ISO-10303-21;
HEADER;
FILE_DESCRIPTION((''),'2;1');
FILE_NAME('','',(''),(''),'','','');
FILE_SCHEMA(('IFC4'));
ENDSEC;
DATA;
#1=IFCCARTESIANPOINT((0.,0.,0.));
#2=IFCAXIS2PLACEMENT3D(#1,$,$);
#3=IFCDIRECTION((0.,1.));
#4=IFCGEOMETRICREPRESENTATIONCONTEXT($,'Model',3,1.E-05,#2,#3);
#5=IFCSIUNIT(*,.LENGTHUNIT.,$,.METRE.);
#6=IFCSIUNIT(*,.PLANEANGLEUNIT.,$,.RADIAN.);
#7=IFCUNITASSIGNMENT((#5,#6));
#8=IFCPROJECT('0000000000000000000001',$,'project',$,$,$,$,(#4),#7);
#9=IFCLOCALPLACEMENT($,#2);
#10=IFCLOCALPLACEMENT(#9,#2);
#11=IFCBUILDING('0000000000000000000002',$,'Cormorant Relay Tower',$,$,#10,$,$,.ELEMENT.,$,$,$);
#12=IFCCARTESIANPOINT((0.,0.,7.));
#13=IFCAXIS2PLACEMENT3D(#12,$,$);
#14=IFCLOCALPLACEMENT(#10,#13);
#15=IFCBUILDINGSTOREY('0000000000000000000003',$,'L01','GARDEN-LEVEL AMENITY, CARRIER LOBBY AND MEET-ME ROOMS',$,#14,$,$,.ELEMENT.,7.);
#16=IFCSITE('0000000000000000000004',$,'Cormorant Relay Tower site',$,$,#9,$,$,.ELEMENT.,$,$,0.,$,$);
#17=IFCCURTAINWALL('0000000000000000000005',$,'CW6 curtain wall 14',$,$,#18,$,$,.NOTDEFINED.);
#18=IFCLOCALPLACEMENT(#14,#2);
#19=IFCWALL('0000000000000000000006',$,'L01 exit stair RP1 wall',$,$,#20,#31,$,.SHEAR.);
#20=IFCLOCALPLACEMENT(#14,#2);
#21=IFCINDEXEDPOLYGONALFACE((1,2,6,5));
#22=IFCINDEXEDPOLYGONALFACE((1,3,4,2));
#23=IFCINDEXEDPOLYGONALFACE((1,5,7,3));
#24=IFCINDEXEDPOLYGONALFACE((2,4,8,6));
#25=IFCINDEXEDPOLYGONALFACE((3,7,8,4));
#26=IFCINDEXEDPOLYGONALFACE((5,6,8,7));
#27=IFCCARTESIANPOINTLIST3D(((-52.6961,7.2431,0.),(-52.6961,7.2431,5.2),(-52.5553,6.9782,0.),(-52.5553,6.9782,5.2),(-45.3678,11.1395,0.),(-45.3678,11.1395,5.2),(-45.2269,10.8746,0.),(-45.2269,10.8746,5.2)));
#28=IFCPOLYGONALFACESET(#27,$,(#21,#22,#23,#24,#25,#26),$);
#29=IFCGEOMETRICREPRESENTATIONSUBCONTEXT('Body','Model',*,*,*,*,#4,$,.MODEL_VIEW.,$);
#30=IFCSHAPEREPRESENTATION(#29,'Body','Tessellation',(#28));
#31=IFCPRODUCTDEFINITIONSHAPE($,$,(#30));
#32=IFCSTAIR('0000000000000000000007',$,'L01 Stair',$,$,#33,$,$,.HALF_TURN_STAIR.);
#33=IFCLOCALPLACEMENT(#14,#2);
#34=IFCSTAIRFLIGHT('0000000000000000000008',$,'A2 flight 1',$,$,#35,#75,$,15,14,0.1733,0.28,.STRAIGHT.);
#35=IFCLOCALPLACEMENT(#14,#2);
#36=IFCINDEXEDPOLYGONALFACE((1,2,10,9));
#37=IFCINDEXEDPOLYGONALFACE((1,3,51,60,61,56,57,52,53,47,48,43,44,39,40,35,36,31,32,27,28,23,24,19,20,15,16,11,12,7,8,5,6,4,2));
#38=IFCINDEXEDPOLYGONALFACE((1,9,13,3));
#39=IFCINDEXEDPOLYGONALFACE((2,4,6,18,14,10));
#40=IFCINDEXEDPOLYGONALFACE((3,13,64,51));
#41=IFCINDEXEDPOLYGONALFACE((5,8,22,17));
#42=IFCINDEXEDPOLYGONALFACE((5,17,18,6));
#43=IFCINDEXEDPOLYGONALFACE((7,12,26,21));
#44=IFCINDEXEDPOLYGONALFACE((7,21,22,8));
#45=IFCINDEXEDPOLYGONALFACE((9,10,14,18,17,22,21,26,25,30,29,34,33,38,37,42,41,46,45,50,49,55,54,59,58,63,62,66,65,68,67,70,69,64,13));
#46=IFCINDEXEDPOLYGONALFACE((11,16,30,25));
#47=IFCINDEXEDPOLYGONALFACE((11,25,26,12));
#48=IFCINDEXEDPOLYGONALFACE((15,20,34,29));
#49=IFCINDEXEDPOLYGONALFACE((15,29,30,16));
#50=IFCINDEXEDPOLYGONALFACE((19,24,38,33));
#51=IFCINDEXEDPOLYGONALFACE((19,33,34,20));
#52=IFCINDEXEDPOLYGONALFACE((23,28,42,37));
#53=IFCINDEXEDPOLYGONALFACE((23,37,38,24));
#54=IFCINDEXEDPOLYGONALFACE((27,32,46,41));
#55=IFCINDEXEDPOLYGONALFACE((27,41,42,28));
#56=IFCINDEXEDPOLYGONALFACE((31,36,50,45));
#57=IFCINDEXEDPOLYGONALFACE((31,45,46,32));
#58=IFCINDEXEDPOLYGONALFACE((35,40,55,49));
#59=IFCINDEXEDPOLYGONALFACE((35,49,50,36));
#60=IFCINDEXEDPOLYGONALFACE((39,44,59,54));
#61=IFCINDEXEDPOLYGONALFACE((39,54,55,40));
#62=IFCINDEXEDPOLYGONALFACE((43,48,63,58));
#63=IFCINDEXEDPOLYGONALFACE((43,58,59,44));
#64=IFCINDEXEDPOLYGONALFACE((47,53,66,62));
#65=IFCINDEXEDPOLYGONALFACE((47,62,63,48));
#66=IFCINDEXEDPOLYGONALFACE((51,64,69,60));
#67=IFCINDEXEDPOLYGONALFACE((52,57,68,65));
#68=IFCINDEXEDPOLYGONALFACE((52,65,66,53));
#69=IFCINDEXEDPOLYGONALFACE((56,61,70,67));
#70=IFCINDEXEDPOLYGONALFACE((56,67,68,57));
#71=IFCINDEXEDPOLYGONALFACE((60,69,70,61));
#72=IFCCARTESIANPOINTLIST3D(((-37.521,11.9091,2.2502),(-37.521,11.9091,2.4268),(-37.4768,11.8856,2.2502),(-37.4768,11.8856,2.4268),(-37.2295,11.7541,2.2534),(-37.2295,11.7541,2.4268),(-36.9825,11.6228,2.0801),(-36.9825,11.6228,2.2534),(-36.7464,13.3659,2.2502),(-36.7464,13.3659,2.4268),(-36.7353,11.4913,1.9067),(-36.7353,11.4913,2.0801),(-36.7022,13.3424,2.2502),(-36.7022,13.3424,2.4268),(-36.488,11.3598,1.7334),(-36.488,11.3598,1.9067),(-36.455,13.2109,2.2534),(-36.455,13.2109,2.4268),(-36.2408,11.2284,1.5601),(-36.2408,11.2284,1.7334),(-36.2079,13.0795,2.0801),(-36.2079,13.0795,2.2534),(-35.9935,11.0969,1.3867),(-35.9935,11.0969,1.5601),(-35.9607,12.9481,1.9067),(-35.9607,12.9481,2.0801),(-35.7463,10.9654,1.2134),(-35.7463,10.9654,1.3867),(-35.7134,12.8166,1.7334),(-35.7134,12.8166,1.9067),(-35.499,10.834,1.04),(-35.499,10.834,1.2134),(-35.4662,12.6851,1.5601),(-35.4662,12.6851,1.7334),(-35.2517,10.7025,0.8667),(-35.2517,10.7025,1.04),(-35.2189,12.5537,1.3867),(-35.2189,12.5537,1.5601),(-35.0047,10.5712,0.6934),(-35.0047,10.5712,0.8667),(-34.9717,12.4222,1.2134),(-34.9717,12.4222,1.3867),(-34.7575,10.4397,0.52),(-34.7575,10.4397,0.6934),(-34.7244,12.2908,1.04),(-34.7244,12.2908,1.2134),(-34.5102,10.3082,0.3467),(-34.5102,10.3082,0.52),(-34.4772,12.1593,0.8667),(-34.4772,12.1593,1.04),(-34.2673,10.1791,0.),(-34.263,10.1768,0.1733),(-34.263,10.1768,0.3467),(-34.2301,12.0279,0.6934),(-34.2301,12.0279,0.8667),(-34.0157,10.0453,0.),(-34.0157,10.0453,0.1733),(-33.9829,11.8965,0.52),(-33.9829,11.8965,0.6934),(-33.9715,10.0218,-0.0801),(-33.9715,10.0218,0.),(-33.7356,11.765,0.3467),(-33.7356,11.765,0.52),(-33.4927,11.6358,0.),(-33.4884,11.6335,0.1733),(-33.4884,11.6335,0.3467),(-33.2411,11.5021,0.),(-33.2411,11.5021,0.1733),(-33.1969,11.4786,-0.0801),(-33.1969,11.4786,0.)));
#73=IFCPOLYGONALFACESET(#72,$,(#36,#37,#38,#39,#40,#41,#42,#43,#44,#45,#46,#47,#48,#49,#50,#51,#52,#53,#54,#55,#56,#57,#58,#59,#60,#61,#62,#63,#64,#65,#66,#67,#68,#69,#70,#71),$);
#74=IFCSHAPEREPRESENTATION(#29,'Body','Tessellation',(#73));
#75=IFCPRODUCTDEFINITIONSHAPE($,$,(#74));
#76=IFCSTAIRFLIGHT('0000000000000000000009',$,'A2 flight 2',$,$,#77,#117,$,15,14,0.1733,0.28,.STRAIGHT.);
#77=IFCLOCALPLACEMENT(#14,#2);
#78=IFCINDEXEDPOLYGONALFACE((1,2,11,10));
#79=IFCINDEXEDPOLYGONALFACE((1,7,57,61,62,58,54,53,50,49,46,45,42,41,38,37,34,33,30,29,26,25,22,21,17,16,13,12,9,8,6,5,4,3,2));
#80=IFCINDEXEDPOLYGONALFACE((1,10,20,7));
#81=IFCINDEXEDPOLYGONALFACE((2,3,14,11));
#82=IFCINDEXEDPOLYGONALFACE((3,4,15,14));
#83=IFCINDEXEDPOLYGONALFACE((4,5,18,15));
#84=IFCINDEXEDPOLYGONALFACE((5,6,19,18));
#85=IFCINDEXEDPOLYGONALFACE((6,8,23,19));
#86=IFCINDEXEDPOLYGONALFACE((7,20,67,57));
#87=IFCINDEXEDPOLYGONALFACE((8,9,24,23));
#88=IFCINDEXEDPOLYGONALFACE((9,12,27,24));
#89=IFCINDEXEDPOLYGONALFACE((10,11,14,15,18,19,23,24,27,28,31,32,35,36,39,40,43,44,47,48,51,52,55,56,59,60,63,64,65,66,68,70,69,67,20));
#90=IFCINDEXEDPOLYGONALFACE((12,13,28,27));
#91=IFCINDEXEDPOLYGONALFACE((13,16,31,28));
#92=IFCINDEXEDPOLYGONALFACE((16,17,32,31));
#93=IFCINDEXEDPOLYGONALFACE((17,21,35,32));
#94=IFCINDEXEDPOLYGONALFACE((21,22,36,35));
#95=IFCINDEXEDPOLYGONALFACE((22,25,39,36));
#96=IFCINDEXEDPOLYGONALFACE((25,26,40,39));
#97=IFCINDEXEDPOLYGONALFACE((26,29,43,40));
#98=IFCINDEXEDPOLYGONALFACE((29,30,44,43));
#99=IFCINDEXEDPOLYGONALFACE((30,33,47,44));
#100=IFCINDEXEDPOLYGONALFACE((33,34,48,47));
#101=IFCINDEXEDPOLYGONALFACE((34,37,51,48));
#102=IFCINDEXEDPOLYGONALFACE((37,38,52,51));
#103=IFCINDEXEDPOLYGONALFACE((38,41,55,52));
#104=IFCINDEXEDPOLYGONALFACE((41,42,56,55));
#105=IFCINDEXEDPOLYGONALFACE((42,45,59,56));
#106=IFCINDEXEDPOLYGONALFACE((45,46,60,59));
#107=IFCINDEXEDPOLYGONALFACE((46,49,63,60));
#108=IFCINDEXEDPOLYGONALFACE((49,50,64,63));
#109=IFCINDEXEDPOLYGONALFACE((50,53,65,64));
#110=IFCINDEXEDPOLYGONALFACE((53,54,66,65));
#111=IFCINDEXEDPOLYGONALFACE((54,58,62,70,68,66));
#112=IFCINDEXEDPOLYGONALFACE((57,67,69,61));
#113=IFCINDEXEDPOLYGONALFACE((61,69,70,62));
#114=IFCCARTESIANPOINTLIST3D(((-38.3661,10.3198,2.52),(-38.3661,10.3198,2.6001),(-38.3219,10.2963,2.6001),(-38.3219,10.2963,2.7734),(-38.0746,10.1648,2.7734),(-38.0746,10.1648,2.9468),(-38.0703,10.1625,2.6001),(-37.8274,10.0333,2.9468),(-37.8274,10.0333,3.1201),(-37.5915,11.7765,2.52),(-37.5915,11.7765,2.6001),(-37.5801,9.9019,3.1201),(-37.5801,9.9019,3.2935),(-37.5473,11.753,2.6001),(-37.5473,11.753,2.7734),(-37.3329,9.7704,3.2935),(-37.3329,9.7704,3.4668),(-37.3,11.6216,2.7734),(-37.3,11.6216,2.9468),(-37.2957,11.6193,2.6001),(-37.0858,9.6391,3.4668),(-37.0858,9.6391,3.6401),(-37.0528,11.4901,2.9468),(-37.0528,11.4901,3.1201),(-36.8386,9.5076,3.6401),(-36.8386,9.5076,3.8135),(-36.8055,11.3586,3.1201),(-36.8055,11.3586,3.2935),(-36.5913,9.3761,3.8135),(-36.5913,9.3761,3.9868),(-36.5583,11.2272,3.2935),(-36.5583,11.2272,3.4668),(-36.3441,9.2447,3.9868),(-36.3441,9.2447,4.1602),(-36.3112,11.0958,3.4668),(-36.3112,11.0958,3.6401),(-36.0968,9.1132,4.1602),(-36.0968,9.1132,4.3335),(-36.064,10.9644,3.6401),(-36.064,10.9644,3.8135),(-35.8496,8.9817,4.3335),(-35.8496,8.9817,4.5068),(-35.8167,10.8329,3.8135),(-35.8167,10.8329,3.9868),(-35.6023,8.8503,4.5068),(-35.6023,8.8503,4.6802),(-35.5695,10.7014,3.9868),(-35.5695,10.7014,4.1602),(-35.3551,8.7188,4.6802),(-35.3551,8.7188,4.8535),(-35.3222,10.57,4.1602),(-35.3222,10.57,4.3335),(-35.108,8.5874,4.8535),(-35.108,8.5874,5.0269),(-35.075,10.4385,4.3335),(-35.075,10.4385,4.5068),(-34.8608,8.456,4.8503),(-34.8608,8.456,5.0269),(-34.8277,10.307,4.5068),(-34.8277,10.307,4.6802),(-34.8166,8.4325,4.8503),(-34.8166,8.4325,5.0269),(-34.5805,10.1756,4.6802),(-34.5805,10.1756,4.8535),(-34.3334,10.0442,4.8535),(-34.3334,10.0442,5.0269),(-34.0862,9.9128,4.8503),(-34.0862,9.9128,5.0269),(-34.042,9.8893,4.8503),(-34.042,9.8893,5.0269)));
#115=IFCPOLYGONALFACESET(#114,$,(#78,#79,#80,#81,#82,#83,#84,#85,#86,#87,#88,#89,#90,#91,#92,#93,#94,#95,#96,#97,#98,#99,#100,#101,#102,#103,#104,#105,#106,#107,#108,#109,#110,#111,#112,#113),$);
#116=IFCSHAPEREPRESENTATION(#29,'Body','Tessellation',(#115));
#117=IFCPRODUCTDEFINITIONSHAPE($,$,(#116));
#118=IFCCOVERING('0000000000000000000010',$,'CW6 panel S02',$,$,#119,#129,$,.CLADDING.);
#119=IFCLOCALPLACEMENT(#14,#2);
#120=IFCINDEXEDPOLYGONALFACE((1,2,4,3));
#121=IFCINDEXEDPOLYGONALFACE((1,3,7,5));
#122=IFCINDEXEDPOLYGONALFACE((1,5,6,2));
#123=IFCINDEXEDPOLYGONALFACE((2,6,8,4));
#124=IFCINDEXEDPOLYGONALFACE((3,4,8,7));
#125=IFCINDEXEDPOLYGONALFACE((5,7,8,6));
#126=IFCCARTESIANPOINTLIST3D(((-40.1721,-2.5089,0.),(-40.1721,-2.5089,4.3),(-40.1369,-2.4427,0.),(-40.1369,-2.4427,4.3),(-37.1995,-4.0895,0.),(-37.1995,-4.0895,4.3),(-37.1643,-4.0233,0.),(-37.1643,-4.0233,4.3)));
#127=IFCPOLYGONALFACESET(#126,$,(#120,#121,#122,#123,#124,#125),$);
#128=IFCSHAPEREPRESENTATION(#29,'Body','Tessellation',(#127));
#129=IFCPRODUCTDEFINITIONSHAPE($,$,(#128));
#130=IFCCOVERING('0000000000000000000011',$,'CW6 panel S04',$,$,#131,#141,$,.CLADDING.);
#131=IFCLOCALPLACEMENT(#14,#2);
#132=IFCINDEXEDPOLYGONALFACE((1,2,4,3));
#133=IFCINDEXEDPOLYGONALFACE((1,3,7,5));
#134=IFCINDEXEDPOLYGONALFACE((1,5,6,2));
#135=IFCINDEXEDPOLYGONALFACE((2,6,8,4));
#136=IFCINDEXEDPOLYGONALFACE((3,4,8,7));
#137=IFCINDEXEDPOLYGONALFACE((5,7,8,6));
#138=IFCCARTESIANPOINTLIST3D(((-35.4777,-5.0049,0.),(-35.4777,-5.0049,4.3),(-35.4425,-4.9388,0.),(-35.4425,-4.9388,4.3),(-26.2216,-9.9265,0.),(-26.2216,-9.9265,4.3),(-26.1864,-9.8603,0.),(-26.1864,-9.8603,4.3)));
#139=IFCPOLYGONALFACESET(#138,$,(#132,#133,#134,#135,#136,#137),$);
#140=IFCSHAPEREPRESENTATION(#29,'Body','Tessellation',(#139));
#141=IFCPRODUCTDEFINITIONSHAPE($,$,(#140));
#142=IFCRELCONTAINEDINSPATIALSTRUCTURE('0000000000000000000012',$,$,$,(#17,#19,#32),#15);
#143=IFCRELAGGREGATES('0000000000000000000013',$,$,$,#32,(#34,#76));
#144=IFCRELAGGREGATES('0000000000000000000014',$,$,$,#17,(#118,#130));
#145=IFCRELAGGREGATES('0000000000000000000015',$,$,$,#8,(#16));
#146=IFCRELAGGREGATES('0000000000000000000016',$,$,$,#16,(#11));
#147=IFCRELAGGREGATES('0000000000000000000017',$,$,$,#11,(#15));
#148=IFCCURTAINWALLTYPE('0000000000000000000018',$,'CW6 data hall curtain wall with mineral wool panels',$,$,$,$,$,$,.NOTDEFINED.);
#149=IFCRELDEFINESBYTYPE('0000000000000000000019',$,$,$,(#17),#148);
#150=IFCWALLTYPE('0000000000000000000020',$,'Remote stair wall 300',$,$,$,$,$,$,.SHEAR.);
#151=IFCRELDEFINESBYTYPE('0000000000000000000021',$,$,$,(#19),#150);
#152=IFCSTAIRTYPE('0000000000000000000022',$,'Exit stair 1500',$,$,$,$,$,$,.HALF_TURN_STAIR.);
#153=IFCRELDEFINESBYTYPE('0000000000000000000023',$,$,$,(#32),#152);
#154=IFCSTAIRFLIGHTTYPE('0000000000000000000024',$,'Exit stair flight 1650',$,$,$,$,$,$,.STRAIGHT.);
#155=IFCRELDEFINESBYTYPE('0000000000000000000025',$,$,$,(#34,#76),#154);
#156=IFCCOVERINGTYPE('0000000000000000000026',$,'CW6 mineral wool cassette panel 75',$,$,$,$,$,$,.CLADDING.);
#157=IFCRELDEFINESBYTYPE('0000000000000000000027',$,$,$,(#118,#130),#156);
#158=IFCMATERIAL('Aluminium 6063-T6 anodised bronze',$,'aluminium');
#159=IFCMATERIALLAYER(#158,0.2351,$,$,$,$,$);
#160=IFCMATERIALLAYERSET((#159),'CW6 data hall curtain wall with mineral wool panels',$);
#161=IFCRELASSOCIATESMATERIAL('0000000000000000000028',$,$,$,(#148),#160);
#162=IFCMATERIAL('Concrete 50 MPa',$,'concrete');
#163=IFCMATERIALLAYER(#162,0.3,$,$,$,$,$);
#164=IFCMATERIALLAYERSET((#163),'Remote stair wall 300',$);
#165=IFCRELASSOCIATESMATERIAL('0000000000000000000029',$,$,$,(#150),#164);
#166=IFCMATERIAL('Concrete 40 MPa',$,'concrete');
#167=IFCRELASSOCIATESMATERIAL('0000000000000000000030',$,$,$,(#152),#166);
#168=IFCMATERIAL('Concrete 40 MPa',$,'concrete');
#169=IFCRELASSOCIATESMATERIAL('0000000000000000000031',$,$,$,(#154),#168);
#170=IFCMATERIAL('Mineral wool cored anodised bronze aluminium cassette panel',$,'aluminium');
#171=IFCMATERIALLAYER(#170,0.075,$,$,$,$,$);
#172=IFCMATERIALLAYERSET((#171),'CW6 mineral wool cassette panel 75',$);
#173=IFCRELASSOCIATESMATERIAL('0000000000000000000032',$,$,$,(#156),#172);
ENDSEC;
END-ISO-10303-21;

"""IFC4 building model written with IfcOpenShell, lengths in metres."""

from ifc_helpers import new_model, si_unit, direction, frame, frame_2d, origin, origin_2d, place, context, subcontext, project, spatial, polyline, rectangle, outline, extrude, material, layer, layer_set, type_object, element, aggregate, save


model = new_model("IFC4")

# Units and contexts
model_context = context("Model", 3, precision=1e-05, world=origin(), true_north=direction((0.0, 1.0)))
body_context = subcontext(model_context, "Body", "Model", "MODEL_VIEW")
ifc_project = project(units=[si_unit("LENGTHUNIT", "METRE"), si_unit("PLANEANGLEUNIT", "RADIAN")], contexts=[model_context])

# Site, building, storey
site_placement = place(None, origin())
site = spatial("IfcSite", under=ifc_project, at=site_placement, Name="Cormorant Relay Tower site", CompositionType="ELEMENT", RefElevation=0.0)
building_placement = place(site_placement, origin())
building = spatial("IfcBuilding", under=site, at=building_placement, Name="Cormorant Relay Tower", CompositionType="ELEMENT")
storey_placement = place(building_placement, frame((0.0, 0.0, 7.0)))
storey = spatial("IfcBuildingStorey", under=building, at=storey_placement, Name="L01", Description="GARDEN-LEVEL AMENITY, CARRIER LOBBY AND MEET-ME ROOMS", CompositionType="ELEMENT", Elevation=7.0)

# Curtain wall
ifc_material_1 = material(Name="Aluminium 6063-T6 anodised bronze", Category="aluminium")
ifc_layer_1 = layer(ifc_material_1, 0.2351)
ifc_layer_set_1 = layer_set([ifc_layer_1], Name="CW6 data hall curtain wall with mineral wool panels")
curtain_wall_type = type_object("IfcCurtainWallType", Name="CW6 data hall curtain wall with mineral wool panels", PredefinedType="NOTDEFINED", material=ifc_layer_set_1)
curtain_wall_placement = place(storey_placement, origin())
curtain_wall = element("IfcCurtainWall", 1, at=curtain_wall_placement, inside=storey, type_object=curtain_wall_type, Name="CW6 curtain wall 14", PredefinedType="NOTDEFINED")

# Wall
ifc_material_2 = material(Name="Concrete 50 MPa", Category="concrete")
ifc_layer_2 = layer(ifc_material_2, 0.3)
ifc_layer_set_2 = layer_set([ifc_layer_2], Name="Remote stair wall 300")
wall_type_1 = type_object("IfcWallType", Name="Remote stair wall 300", PredefinedType="SHEAR", material=ifc_layer_set_2)
wall_1_placement = place(storey_placement, frame((-45.2974, 11.0071, 0.0), z_axis=(0.0, 0.0, 1.0), x_axis=(-0.882952, -0.469464, 0.0)))
element("IfcWall", 2, at=wall_1_placement, inside=storey, type_object=wall_type_1, Name="L01 exit stair RP1 wall", PredefinedType="SHEAR", context=body_context, shape_type="SweptSolid", body=[
    extrude(rectangle(XDim=8.2998, YDim=0.3, at=frame_2d((4.1499, 0.0))), origin(), (0.0, 0.0, 1.0), 5.2),
])

# Stair, stair flights
ifc_material_3 = material(Name="Concrete 40 MPa", Category="concrete")
stair_type = type_object("IfcStairType", Name="Exit stair 1500", PredefinedType="HALF_TURN_STAIR", material=ifc_material_3)
stair_placement = place(storey_placement, origin())
stair = element("IfcStair", 3, at=stair_placement, inside=storey, type_object=stair_type, Name="L01 Stair", PredefinedType="HALF_TURN_STAIR")
ifc_material_4 = material(Name="Concrete 40 MPa", Category="concrete")
stair_flight_type = type_object("IfcStairFlightType", Name="Exit stair flight 1650", PredefinedType="STRAIGHT", material=ifc_material_4)
stair_flight_1_placement = place(storey_placement, frame((-33.6284, 10.7737, 0.0), z_axis=(0.0, 0.0, 1.0), x_axis=(-0.882948, 0.469472, 0.0)))
stair_flight_1 = element("IfcStairFlight", 4, at=stair_flight_1_placement, type_object=stair_flight_type, Name="A2 flight 1", NumberOfRisers=15, NumberOfTreads=14, PredefinedType="STRAIGHT", RiserHeight=0.1733, TreadLength=0.28, context=body_context, shape_type="SweptSolid", body=[
    extrude(outline(polyline([(-0.05, -0.0801), (-0.05, 0.0), (0.0, 0.0), (0.0, 0.1733), (0.28, 0.1733), (0.28, 0.3467), (0.5601, 0.3467), (0.5601, 0.52), (0.8401, 0.52), (0.8401, 0.6934), (1.1201, 0.6934), (1.1201, 0.8667), (1.3999, 0.8667), (1.3999, 1.04), (1.6799, 1.04), (1.6799, 1.2134), (1.96, 1.2134), (1.96, 1.3867), (2.24, 1.3867), (2.24, 1.5601), (2.52, 1.5601), (2.52, 1.7334), (2.8, 1.7334), (2.8, 1.9067), (3.0801, 1.9067), (3.0801, 2.0801), (3.3601, 2.0801), (3.3601, 2.2534), (3.6399, 2.2534), (3.6399, 2.4268), (3.9199, 2.4268), (3.97, 2.4268), (3.97, 2.2502), (3.9199, 2.2502), (0.2849, 0.0), (-0.05, -0.0801)])), frame((0.0, 0.825, 0.0), z_axis=(0.0, -1.0, 0.0), x_axis=(1.0, 0.0, 0.0)), (0.0, 0.0, 1.0), 1.6499),
])
stair_flight_2_placement = place(storey_placement, frame((-37.9346, 11.0247, 2.6001), z_axis=(0.0, 0.0, 1.0), x_axis=(0.882948, -0.469472, 0.0)))
stair_flight_2 = element("IfcStairFlight", 5, at=stair_flight_2_placement, type_object=stair_flight_type, Name="A2 flight 2", NumberOfRisers=15, NumberOfTreads=14, PredefinedType="STRAIGHT", RiserHeight=0.1733, TreadLength=0.28, context=body_context, shape_type="SweptSolid", body=[
    extrude(outline(polyline([(-0.05, -0.0801), (-0.05, 0.0), (0.0, 0.0), (0.0, 0.1733), (0.28, 0.1733), (0.28, 0.3467), (0.5601, 0.3467), (0.5601, 0.52), (0.8401, 0.52), (0.8401, 0.6934), (1.1201, 0.6934), (1.1201, 0.8667), (1.3999, 0.8667), (1.3999, 1.04), (1.6799, 1.04), (1.6799, 1.2134), (1.96, 1.2134), (1.96, 1.3867), (2.24, 1.3867), (2.24, 1.5601), (2.52, 1.5601), (2.52, 1.7334), (2.8, 1.7334), (2.8, 1.9067), (3.0801, 1.9067), (3.0801, 2.0801), (3.3601, 2.0801), (3.3601, 2.2534), (3.6399, 2.2534), (3.6399, 2.4268), (3.9199, 2.4268), (3.97, 2.4268), (3.97, 2.2502), (3.9199, 2.2502), (0.2849, 0.0), (-0.05, -0.0801)])), frame((0.0, 0.825, 0.0), z_axis=(0.0, -1.0, 0.0), x_axis=(1.0, 0.0, 0.0)), (0.0, 0.0, 1.0), 1.6499),
])
aggregate(stair, [stair_flight_1, stair_flight_2])

# Coverings
ifc_material_5 = material(Name="Mineral wool cored anodised bronze aluminium cassette panel", Category="aluminium")
ifc_layer_3 = layer(ifc_material_5, 0.075)
ifc_layer_set_3 = layer_set([ifc_layer_3], Name="CW6 mineral wool cassette panel 75")
covering_type = type_object("IfcCoveringType", Name="CW6 mineral wool cassette panel 75", PredefinedType="CLADDING", material=ifc_layer_set_3)
covering_1_placement = place(storey_placement, frame((-38.6682, -3.2661, 0.0), z_axis=(0.0, 0.0, 1.0), x_axis=(0.882948, -0.469472, 0.0)))
covering_1 = element("IfcCovering", 6, at=covering_1_placement, type_object=covering_type, Name="CW6 panel S02", PredefinedType="CLADDING", context=body_context, shape_type="SweptSolid", body=[
    extrude(rectangle(XDim=3.3667, YDim=0.075, at=origin_2d()), origin(), (0.0, 0.0, 1.0), 4.3),
])
covering_2_placement = place(storey_placement, frame((-30.832, -7.4326, 0.0), z_axis=(0.0, 0.0, 1.0), x_axis=(0.882948, -0.469472, 0.0)))
covering_2 = element("IfcCovering", 7, at=covering_2_placement, type_object=covering_type, Name="CW6 panel S04", PredefinedType="CLADDING", context=body_context, shape_type="SweptSolid", body=[
    extrude(rectangle(XDim=10.4832, YDim=0.075, at=origin_2d()), origin(), (0.0, 0.0, 1.0), 4.3),
])
aggregate(curtain_wall, [covering_1, covering_2])

save(model, "model.ifc")
